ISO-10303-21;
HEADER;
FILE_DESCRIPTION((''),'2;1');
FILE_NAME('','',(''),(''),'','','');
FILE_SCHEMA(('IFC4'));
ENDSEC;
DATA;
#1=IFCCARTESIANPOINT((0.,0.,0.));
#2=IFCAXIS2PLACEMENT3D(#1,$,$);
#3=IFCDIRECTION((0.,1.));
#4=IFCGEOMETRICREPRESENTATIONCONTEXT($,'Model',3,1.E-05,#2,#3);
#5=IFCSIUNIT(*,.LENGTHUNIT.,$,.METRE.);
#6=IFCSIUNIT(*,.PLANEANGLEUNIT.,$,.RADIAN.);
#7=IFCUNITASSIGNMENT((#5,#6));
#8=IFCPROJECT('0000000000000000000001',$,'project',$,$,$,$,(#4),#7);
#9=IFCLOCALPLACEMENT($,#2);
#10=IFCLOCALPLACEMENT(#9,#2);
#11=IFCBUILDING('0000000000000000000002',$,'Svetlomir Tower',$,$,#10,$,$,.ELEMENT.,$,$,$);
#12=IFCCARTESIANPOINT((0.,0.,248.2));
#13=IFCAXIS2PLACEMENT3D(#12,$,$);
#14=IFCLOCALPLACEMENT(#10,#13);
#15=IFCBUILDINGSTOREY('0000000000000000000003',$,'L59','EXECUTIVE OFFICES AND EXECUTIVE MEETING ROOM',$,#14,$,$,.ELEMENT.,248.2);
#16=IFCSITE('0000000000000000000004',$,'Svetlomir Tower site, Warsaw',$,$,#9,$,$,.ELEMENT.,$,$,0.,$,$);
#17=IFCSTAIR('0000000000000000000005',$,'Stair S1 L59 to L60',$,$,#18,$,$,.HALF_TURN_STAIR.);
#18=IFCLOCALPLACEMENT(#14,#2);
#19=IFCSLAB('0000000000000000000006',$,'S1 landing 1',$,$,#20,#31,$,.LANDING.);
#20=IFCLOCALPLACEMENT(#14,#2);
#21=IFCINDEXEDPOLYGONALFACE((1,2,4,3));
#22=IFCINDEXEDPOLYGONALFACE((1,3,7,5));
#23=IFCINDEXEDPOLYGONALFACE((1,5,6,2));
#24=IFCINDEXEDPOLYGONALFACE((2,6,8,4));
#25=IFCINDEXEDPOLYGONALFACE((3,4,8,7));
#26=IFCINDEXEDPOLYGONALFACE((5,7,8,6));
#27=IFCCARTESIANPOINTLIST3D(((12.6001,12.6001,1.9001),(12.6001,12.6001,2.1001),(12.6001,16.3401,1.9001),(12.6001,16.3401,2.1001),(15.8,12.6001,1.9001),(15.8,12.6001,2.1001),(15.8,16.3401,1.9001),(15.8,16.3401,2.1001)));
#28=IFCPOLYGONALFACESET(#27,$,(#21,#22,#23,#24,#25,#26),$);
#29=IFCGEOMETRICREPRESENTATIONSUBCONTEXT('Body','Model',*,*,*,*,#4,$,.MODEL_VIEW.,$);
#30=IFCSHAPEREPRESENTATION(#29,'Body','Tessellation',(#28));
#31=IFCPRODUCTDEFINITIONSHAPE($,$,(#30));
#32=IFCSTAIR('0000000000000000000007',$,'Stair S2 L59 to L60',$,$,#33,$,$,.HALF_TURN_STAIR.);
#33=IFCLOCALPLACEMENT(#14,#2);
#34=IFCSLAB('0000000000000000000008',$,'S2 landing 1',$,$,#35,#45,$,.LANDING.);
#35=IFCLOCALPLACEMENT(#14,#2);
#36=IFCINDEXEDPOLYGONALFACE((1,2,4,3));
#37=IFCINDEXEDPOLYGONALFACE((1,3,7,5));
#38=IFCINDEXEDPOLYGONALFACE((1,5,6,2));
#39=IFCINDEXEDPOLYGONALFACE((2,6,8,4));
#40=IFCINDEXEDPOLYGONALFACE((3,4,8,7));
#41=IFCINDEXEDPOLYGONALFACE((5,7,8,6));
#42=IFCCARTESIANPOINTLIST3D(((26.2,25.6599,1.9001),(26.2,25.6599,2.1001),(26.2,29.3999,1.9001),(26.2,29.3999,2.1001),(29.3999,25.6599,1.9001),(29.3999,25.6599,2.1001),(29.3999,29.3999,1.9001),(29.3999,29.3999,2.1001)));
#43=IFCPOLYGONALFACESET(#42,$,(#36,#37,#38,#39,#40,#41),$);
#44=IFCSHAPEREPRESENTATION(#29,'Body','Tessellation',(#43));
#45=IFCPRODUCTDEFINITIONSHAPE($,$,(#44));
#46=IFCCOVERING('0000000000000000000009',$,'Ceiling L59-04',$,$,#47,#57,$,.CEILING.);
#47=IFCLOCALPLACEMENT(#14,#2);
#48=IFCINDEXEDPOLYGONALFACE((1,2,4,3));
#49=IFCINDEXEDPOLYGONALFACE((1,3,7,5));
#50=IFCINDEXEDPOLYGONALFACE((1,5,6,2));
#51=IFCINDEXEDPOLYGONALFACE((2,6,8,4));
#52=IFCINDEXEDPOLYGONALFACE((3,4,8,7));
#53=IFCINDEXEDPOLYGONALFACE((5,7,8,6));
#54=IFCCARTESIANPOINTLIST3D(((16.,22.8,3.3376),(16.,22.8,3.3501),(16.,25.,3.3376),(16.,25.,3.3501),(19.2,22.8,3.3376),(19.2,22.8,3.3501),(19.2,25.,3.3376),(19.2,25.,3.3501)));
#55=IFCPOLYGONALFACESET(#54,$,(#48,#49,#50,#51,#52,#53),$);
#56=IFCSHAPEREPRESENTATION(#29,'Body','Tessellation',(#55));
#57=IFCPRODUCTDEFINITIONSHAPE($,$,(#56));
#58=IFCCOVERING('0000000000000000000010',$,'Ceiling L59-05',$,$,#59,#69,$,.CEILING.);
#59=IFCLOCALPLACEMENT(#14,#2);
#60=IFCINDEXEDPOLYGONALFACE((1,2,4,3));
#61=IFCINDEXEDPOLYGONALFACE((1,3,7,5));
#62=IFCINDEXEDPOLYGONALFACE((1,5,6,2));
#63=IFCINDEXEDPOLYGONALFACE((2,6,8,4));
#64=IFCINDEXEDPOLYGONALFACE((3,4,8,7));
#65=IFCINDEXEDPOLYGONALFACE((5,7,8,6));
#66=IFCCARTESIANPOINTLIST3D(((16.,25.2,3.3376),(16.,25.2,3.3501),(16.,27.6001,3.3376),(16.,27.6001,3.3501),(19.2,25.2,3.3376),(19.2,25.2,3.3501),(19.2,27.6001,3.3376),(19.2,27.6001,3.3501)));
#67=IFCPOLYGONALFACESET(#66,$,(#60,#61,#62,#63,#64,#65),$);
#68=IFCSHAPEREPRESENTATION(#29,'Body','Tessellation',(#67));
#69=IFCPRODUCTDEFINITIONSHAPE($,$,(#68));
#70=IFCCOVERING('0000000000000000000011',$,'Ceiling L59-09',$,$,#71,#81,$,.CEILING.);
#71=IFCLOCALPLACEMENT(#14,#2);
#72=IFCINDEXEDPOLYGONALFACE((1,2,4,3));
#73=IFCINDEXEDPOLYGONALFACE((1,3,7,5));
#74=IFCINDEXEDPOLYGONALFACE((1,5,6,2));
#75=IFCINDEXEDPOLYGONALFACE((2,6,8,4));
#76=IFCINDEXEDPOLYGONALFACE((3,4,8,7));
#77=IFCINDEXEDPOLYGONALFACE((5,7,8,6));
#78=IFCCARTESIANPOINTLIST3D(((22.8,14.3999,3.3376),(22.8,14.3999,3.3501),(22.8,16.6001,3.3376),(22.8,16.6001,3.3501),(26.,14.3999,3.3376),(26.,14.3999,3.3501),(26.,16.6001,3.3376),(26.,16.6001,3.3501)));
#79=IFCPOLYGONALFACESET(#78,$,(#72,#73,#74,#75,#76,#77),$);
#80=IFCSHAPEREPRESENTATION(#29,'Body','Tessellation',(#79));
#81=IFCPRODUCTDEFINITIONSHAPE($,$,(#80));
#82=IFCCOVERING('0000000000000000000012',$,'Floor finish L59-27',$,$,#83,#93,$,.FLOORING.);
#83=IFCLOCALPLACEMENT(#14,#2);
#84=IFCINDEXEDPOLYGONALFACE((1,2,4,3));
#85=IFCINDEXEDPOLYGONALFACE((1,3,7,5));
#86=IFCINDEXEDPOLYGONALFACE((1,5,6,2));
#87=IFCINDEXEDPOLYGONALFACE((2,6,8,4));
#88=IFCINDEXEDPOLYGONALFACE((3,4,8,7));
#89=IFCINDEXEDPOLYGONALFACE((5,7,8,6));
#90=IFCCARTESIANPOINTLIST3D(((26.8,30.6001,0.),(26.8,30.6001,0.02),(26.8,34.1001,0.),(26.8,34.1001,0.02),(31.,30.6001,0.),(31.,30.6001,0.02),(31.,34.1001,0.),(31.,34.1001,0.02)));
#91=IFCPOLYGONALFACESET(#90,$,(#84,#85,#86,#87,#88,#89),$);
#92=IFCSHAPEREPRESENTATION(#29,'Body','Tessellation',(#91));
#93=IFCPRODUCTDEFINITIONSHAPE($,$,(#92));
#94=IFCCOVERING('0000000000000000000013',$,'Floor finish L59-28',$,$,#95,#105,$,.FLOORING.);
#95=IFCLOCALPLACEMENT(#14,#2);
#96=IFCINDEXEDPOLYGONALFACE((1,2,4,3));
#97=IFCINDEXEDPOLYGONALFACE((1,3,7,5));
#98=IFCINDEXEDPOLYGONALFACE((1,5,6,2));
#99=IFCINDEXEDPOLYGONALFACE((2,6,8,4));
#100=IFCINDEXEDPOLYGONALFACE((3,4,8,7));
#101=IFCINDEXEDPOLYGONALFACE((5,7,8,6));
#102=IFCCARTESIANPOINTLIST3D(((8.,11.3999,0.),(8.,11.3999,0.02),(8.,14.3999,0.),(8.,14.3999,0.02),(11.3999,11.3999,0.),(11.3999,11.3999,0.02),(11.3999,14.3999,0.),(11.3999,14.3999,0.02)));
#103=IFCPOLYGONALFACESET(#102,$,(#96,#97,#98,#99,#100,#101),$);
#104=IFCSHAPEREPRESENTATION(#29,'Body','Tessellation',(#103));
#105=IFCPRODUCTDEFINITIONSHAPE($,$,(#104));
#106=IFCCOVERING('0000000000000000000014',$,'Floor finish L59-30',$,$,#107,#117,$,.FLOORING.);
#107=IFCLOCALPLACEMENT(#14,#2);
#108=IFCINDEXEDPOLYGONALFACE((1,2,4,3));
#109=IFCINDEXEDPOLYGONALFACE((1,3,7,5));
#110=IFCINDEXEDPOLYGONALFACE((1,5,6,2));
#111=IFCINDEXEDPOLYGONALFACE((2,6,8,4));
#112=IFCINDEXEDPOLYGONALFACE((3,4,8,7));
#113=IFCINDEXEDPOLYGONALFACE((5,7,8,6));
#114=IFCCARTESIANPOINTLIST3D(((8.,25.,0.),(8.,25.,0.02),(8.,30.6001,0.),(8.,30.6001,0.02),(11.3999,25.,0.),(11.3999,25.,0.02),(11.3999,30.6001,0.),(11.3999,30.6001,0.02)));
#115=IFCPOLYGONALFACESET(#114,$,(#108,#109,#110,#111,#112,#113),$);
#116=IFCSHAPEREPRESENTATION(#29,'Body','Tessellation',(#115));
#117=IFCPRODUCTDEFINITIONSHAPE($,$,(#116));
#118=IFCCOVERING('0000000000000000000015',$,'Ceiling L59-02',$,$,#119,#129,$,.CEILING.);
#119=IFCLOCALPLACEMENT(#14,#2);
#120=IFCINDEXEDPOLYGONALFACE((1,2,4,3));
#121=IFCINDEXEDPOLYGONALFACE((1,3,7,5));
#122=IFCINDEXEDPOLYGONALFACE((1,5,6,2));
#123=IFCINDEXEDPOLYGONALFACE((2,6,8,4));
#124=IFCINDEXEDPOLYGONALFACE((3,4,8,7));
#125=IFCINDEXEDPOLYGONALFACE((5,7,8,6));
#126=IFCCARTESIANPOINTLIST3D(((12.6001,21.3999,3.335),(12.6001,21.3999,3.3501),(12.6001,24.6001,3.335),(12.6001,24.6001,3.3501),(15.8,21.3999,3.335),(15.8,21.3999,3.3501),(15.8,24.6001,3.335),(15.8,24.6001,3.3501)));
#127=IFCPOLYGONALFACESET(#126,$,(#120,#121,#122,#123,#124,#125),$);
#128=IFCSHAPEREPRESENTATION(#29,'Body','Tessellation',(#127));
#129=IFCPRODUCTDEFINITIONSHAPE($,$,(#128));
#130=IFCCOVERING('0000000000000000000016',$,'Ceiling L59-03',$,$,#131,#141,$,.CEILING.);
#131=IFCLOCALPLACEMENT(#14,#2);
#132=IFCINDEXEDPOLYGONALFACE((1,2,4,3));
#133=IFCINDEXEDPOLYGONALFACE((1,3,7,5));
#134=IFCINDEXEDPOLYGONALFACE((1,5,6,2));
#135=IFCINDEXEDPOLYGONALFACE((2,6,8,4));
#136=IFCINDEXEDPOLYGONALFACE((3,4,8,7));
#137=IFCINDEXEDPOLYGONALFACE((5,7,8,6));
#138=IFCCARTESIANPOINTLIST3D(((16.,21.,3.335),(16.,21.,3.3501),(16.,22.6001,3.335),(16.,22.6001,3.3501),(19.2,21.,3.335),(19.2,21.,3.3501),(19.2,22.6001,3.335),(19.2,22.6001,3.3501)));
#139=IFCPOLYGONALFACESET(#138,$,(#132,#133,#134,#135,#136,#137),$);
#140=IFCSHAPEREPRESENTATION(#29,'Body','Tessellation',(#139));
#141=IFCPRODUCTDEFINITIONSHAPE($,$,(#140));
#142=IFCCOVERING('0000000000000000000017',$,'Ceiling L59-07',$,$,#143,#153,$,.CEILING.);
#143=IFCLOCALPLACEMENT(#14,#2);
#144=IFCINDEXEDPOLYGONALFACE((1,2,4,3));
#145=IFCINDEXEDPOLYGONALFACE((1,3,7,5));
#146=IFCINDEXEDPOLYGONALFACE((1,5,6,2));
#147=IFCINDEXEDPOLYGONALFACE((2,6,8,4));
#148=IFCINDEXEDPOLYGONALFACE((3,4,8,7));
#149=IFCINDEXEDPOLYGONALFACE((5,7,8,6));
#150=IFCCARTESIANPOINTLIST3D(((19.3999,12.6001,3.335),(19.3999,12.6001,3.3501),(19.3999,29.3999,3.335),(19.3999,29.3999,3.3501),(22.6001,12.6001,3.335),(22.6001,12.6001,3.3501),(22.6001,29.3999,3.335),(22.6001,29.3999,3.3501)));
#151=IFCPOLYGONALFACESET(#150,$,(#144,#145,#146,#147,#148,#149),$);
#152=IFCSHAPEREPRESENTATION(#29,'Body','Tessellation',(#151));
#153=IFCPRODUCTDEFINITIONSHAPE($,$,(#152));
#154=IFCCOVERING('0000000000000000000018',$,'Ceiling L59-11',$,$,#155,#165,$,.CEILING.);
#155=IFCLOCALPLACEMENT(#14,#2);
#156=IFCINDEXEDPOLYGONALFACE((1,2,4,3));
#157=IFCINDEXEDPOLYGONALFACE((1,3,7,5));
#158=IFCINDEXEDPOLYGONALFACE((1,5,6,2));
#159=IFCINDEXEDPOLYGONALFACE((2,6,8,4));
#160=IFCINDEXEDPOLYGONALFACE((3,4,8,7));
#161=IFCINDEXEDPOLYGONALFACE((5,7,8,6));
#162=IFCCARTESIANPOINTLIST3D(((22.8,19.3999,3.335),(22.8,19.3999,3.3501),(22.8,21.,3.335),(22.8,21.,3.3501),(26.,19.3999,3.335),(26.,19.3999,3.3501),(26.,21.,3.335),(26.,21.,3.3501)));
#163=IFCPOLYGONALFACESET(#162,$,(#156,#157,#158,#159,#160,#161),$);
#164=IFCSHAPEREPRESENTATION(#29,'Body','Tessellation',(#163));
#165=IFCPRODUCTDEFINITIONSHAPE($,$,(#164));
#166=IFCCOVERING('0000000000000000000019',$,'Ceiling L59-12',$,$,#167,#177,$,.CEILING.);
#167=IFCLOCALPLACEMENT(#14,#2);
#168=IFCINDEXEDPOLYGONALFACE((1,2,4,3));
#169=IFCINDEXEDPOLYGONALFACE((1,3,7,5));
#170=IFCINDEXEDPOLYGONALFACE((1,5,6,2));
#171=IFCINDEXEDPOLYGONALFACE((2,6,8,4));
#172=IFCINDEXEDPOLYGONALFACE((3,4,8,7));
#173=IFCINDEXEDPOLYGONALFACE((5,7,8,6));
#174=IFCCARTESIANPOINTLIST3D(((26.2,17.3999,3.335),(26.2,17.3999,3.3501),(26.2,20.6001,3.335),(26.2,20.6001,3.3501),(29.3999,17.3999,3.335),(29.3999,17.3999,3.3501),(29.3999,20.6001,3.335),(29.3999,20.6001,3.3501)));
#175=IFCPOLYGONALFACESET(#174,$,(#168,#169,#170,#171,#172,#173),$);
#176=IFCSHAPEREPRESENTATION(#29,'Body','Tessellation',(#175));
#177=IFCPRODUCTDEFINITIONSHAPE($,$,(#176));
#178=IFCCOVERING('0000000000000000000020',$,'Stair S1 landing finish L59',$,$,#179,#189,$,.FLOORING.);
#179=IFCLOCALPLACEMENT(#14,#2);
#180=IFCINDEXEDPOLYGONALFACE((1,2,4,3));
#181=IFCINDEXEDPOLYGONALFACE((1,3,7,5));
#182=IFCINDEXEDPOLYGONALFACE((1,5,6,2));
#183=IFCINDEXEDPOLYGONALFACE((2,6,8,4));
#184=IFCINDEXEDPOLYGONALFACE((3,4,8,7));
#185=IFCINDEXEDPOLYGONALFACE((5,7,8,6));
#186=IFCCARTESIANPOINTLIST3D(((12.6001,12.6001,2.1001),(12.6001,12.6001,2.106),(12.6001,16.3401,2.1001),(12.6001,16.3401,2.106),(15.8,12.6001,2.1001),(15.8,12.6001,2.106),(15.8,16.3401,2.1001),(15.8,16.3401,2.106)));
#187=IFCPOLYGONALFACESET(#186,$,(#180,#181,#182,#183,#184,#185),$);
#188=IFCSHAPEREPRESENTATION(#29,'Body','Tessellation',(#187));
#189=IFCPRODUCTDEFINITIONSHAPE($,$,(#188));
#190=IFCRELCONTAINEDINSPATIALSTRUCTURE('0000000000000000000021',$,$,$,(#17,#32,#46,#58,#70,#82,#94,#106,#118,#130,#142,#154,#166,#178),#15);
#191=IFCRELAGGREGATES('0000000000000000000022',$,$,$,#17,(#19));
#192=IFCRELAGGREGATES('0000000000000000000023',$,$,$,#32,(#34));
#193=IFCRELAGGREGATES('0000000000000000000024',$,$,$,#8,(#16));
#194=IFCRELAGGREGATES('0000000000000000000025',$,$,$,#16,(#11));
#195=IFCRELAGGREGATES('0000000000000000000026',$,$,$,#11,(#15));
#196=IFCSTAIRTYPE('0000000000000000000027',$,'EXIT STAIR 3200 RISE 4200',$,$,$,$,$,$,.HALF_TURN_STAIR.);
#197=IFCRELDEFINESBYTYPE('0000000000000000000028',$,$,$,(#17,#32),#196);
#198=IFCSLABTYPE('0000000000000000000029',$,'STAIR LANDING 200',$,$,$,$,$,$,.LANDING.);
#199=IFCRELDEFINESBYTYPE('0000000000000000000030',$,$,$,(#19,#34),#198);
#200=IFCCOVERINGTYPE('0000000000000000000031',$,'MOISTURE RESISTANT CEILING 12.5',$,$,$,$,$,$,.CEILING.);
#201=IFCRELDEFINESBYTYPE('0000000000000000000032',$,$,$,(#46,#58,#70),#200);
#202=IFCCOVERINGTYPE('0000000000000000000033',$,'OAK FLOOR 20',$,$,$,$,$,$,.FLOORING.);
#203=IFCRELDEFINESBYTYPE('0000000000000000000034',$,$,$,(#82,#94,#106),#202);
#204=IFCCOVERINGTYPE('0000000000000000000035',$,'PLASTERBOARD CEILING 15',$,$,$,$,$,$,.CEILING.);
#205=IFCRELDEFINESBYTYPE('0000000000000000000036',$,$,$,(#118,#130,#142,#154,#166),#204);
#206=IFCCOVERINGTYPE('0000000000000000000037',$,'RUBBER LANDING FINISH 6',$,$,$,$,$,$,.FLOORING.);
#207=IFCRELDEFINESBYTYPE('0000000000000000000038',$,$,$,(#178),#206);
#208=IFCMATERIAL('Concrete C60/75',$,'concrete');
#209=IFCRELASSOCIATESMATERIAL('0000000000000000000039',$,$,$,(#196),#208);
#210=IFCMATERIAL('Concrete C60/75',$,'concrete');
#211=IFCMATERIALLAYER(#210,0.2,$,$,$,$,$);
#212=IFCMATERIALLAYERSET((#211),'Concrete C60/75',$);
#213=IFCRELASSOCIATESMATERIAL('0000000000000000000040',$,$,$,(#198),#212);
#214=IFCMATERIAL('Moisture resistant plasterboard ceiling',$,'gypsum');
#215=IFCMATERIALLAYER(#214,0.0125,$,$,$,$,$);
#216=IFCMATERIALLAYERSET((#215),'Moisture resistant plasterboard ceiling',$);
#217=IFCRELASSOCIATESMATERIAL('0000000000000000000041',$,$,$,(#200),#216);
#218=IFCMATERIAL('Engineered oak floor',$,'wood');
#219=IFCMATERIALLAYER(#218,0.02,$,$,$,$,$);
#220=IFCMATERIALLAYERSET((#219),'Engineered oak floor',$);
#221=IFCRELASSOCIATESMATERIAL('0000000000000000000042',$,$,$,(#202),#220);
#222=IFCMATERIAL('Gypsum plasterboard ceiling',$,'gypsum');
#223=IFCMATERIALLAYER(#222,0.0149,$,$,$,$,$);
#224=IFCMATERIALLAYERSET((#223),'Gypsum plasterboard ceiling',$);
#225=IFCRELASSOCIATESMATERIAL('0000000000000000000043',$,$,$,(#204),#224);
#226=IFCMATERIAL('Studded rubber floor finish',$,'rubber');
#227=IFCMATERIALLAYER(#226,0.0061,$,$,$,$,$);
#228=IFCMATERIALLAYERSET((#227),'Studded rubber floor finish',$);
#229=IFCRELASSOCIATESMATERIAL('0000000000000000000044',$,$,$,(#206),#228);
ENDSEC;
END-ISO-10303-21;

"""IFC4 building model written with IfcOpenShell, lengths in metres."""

from ifc_helpers import new_model, si_unit, direction, frame, origin, place, context, subcontext, project, spatial, polyline, outline, extrude, material, layer, layer_set, type_object, element, aggregate, save


model = new_model("IFC4")

# Units and contexts
model_context = context("Model", 3, precision=1e-05, world=origin(), true_north=direction((0.0, 1.0)))
body_context = subcontext(model_context, "Body", "Model", "MODEL_VIEW")
ifc_project = project(units=[si_unit("LENGTHUNIT", "METRE"), si_unit("PLANEANGLEUNIT", "RADIAN")], contexts=[model_context])

# Site, building, storey
site_placement = place(None, origin())
site = spatial("IfcSite", under=ifc_project, at=site_placement, Name="Svetlomir Tower site, Warsaw", CompositionType="ELEMENT", RefElevation=0.0)
building_placement = place(site_placement, origin())
building = spatial("IfcBuilding", under=site, at=building_placement, Name="Svetlomir Tower", CompositionType="ELEMENT")
storey_placement = place(building_placement, frame((0.0, 0.0, 248.2)))
storey = spatial("IfcBuildingStorey", under=building, at=storey_placement, Name="L59", Description="EXECUTIVE OFFICES AND EXECUTIVE MEETING ROOM", CompositionType="ELEMENT", Elevation=248.2)

# Stairs, slabs
ifc_material_1 = material(Name="Concrete C60/75", Category="concrete")
stair_type = type_object("IfcStairType", Name="EXIT STAIR 3200 RISE 4200", PredefinedType="HALF_TURN_STAIR", material=ifc_material_1)
stair_1_placement = place(storey_placement, origin())
stair_1 = element("IfcStair", 1, at=stair_1_placement, inside=storey, type_object=stair_type, Name="Stair S1 L59 to L60", PredefinedType="HALF_TURN_STAIR")
ifc_material_2 = material(Name="Concrete C60/75", Category="concrete")
ifc_layer_1 = layer(ifc_material_2, 0.2)
ifc_layer_set_1 = layer_set([ifc_layer_1], Name="Concrete C60/75")
slab_type = type_object("IfcSlabType", Name="STAIR LANDING 200", PredefinedType="LANDING", material=ifc_layer_set_1)
slab_1_placement = place(storey_placement, frame((0.0, 0.0, 1.9001)))
slab_1 = element("IfcSlab", 2, at=slab_1_placement, type_object=slab_type, Name="S1 landing 1", PredefinedType="LANDING", context=body_context, shape_type="SweptSolid", body=[
    extrude(outline(polyline([(12.6001, 12.6001), (15.8, 12.6001), (15.8, 16.3401), (12.6001, 16.3401), (12.6001, 12.6001)])), origin(), (0.0, 0.0, 1.0), 0.2),
])
aggregate(stair_1, [slab_1])
stair_2_placement = place(storey_placement, origin())
stair_2 = element("IfcStair", 3, at=stair_2_placement, inside=storey, type_object=stair_type, Name="Stair S2 L59 to L60", PredefinedType="HALF_TURN_STAIR")
slab_2_placement = place(storey_placement, frame((0.0, 0.0, 1.9001)))
slab_2 = element("IfcSlab", 4, at=slab_2_placement, type_object=slab_type, Name="S2 landing 1", PredefinedType="LANDING", context=body_context, shape_type="SweptSolid", body=[
    extrude(outline(polyline([(26.2, 25.6599), (29.3999, 25.6599), (29.3999, 29.3999), (26.2, 29.3999), (26.2, 25.6599)])), origin(), (0.0, 0.0, 1.0), 0.2),
])
aggregate(stair_2, [slab_2])

# Coverings
ifc_material_3 = material(Name="Moisture resistant plasterboard ceiling", Category="gypsum")
ifc_layer_2 = layer(ifc_material_3, 0.0125)
ifc_layer_set_2 = layer_set([ifc_layer_2], Name="Moisture resistant plasterboard ceiling")
covering_type_1 = type_object("IfcCoveringType", Name="MOISTURE RESISTANT CEILING 12.5", PredefinedType="CEILING", material=ifc_layer_set_2)
covering_1_placement = place(storey_placement, frame((0.0, 0.0, 3.3376)))
element("IfcCovering", 5, at=covering_1_placement, inside=storey, type_object=covering_type_1, Name="Ceiling L59-04", PredefinedType="CEILING", context=body_context, shape_type="SweptSolid", body=[
    extrude(outline(polyline([(16.0, 22.8), (19.2, 22.8), (19.2, 25.0), (16.0, 25.0), (16.0, 22.8)])), origin(), (0.0, 0.0, 1.0), 0.0125),
])
covering_2_placement = place(storey_placement, frame((0.0, 0.0, 3.3376)))
element("IfcCovering", 6, at=covering_2_placement, inside=storey, type_object=covering_type_1, Name="Ceiling L59-05", PredefinedType="CEILING", context=body_context, shape_type="SweptSolid", body=[
    extrude(outline(polyline([(16.0, 25.2), (19.2, 25.2), (19.2, 27.6001), (16.0, 27.6001), (16.0, 25.2)])), origin(), (0.0, 0.0, 1.0), 0.0125),
])
covering_3_placement = place(storey_placement, frame((0.0, 0.0, 3.3376)))
element("IfcCovering", 7, at=covering_3_placement, inside=storey, type_object=covering_type_1, Name="Ceiling L59-09", PredefinedType="CEILING", context=body_context, shape_type="SweptSolid", body=[
    extrude(outline(polyline([(22.8, 14.3999), (26.0, 14.3999), (26.0, 16.6001), (22.8, 16.6001), (22.8, 14.3999)])), origin(), (0.0, 0.0, 1.0), 0.0125),
])
ifc_material_4 = material(Name="Engineered oak floor", Category="wood")
ifc_layer_3 = layer(ifc_material_4, 0.02)
ifc_layer_set_3 = layer_set([ifc_layer_3], Name="Engineered oak floor")
covering_type_2 = type_object("IfcCoveringType", Name="OAK FLOOR 20", PredefinedType="FLOORING", material=ifc_layer_set_3)
covering_4_placement = place(storey_placement, origin())
element("IfcCovering", 8, at=covering_4_placement, inside=storey, type_object=covering_type_2, Name="Floor finish L59-27", PredefinedType="FLOORING", context=body_context, shape_type="SweptSolid", body=[
    extrude(outline(polyline([(26.8, 30.6001), (31.0, 30.6001), (31.0, 34.1001), (26.8, 34.1001), (26.8, 30.6001)])), origin(), (0.0, 0.0, 1.0), 0.02),
])
covering_5_placement = place(storey_placement, origin())
element("IfcCovering", 9, at=covering_5_placement, inside=storey, type_object=covering_type_2, Name="Floor finish L59-28", PredefinedType="FLOORING", context=body_context, shape_type="SweptSolid", body=[
    extrude(outline(polyline([(8.0, 11.3999), (11.3999, 11.3999), (11.3999, 14.3999), (8.0, 14.3999), (8.0, 11.3999)])), origin(), (0.0, 0.0, 1.0), 0.02),
])
covering_6_placement = place(storey_placement, origin())
element("IfcCovering", 10, at=covering_6_placement, inside=storey, type_object=covering_type_2, Name="Floor finish L59-30", PredefinedType="FLOORING", context=body_context, shape_type="SweptSolid", body=[
    extrude(outline(polyline([(8.0, 25.0), (11.3999, 25.0), (11.3999, 30.6001), (8.0, 30.6001), (8.0, 25.0)])), origin(), (0.0, 0.0, 1.0), 0.02),
])
ifc_material_5 = material(Name="Gypsum plasterboard ceiling", Category="gypsum")
ifc_layer_4 = layer(ifc_material_5, 0.0149)
ifc_layer_set_4 = layer_set([ifc_layer_4], Name="Gypsum plasterboard ceiling")
covering_type_3 = type_object("IfcCoveringType", Name="PLASTERBOARD CEILING 15", PredefinedType="CEILING", material=ifc_layer_set_4)
covering_7_placement = place(storey_placement, frame((0.0, 0.0, 3.335)))
element("IfcCovering", 11, at=covering_7_placement, inside=storey, type_object=covering_type_3, Name="Ceiling L59-02", PredefinedType="CEILING", context=body_context, shape_type="SweptSolid", body=[
    extrude(outline(polyline([(12.6001, 21.3999), (15.8, 21.3999), (15.8, 24.6001), (12.6001, 24.6001), (12.6001, 21.3999)])), origin(), (0.0, 0.0, 1.0), 0.0151),
])
covering_8_placement = place(storey_placement, frame((0.0, 0.0, 3.335)))
element("IfcCovering", 12, at=covering_8_placement, inside=storey, type_object=covering_type_3, Name="Ceiling L59-03", PredefinedType="CEILING", context=body_context, shape_type="SweptSolid", body=[
    extrude(outline(polyline([(16.0, 21.0), (19.2, 21.0), (19.2, 22.6001), (16.0, 22.6001), (16.0, 21.0)])), origin(), (0.0, 0.0, 1.0), 0.0151),
])
covering_9_placement = place(storey_placement, frame((0.0, 0.0, 3.335)))
element("IfcCovering", 13, at=covering_9_placement, inside=storey, type_object=covering_type_3, Name="Ceiling L59-07", PredefinedType="CEILING", context=body_context, shape_type="SweptSolid", body=[
    extrude(outline(polyline([(19.3999, 12.6001), (22.6001, 12.6001), (22.6001, 29.3999), (19.3999, 29.3999), (19.3999, 12.6001)])), origin(), (0.0, 0.0, 1.0), 0.0151),
])
covering_10_placement = place(storey_placement, frame((0.0, 0.0, 3.335)))
element("IfcCovering", 14, at=covering_10_placement, inside=storey, type_object=covering_type_3, Name="Ceiling L59-11", PredefinedType="CEILING", context=body_context, shape_type="SweptSolid", body=[
    extrude(outline(polyline([(22.8, 19.3999), (26.0, 19.3999), (26.0, 21.0), (22.8, 21.0), (22.8, 19.3999)])), origin(), (0.0, 0.0, 1.0), 0.0151),
])
covering_11_placement = place(storey_placement, frame((0.0, 0.0, 3.335)))
element("IfcCovering", 15, at=covering_11_placement, inside=storey, type_object=covering_type_3, Name="Ceiling L59-12", PredefinedType="CEILING", context=body_context, shape_type="SweptSolid", body=[
    extrude(outline(polyline([(26.2, 17.3999), (29.3999, 17.3999), (29.3999, 20.6001), (26.2, 20.6001), (26.2, 17.3999)])), origin(), (0.0, 0.0, 1.0), 0.0151),
])
ifc_material_6 = material(Name="Studded rubber floor finish", Category="rubber")
ifc_layer_5 = layer(ifc_material_6, 0.0061)
ifc_layer_set_5 = layer_set([ifc_layer_5], Name="Studded rubber floor finish")
covering_type_4 = type_object("IfcCoveringType", Name="RUBBER LANDING FINISH 6", PredefinedType="FLOORING", material=ifc_layer_set_5)
covering_12_placement = place(storey_placement, frame((0.0, 0.0, 2.1001)))
element("IfcCovering", 16, at=covering_12_placement, inside=storey, type_object=covering_type_4, Name="Stair S1 landing finish L59", PredefinedType="FLOORING", context=body_context, shape_type="SweptSolid", body=[
    extrude(outline(polyline([(12.6001, 12.6001), (15.8, 12.6001), (15.8, 16.3401), (12.6001, 16.3401), (12.6001, 12.6001)])), origin(), (0.0, 0.0, 1.0), 0.0059),
])

save(model, "model.ifc")
